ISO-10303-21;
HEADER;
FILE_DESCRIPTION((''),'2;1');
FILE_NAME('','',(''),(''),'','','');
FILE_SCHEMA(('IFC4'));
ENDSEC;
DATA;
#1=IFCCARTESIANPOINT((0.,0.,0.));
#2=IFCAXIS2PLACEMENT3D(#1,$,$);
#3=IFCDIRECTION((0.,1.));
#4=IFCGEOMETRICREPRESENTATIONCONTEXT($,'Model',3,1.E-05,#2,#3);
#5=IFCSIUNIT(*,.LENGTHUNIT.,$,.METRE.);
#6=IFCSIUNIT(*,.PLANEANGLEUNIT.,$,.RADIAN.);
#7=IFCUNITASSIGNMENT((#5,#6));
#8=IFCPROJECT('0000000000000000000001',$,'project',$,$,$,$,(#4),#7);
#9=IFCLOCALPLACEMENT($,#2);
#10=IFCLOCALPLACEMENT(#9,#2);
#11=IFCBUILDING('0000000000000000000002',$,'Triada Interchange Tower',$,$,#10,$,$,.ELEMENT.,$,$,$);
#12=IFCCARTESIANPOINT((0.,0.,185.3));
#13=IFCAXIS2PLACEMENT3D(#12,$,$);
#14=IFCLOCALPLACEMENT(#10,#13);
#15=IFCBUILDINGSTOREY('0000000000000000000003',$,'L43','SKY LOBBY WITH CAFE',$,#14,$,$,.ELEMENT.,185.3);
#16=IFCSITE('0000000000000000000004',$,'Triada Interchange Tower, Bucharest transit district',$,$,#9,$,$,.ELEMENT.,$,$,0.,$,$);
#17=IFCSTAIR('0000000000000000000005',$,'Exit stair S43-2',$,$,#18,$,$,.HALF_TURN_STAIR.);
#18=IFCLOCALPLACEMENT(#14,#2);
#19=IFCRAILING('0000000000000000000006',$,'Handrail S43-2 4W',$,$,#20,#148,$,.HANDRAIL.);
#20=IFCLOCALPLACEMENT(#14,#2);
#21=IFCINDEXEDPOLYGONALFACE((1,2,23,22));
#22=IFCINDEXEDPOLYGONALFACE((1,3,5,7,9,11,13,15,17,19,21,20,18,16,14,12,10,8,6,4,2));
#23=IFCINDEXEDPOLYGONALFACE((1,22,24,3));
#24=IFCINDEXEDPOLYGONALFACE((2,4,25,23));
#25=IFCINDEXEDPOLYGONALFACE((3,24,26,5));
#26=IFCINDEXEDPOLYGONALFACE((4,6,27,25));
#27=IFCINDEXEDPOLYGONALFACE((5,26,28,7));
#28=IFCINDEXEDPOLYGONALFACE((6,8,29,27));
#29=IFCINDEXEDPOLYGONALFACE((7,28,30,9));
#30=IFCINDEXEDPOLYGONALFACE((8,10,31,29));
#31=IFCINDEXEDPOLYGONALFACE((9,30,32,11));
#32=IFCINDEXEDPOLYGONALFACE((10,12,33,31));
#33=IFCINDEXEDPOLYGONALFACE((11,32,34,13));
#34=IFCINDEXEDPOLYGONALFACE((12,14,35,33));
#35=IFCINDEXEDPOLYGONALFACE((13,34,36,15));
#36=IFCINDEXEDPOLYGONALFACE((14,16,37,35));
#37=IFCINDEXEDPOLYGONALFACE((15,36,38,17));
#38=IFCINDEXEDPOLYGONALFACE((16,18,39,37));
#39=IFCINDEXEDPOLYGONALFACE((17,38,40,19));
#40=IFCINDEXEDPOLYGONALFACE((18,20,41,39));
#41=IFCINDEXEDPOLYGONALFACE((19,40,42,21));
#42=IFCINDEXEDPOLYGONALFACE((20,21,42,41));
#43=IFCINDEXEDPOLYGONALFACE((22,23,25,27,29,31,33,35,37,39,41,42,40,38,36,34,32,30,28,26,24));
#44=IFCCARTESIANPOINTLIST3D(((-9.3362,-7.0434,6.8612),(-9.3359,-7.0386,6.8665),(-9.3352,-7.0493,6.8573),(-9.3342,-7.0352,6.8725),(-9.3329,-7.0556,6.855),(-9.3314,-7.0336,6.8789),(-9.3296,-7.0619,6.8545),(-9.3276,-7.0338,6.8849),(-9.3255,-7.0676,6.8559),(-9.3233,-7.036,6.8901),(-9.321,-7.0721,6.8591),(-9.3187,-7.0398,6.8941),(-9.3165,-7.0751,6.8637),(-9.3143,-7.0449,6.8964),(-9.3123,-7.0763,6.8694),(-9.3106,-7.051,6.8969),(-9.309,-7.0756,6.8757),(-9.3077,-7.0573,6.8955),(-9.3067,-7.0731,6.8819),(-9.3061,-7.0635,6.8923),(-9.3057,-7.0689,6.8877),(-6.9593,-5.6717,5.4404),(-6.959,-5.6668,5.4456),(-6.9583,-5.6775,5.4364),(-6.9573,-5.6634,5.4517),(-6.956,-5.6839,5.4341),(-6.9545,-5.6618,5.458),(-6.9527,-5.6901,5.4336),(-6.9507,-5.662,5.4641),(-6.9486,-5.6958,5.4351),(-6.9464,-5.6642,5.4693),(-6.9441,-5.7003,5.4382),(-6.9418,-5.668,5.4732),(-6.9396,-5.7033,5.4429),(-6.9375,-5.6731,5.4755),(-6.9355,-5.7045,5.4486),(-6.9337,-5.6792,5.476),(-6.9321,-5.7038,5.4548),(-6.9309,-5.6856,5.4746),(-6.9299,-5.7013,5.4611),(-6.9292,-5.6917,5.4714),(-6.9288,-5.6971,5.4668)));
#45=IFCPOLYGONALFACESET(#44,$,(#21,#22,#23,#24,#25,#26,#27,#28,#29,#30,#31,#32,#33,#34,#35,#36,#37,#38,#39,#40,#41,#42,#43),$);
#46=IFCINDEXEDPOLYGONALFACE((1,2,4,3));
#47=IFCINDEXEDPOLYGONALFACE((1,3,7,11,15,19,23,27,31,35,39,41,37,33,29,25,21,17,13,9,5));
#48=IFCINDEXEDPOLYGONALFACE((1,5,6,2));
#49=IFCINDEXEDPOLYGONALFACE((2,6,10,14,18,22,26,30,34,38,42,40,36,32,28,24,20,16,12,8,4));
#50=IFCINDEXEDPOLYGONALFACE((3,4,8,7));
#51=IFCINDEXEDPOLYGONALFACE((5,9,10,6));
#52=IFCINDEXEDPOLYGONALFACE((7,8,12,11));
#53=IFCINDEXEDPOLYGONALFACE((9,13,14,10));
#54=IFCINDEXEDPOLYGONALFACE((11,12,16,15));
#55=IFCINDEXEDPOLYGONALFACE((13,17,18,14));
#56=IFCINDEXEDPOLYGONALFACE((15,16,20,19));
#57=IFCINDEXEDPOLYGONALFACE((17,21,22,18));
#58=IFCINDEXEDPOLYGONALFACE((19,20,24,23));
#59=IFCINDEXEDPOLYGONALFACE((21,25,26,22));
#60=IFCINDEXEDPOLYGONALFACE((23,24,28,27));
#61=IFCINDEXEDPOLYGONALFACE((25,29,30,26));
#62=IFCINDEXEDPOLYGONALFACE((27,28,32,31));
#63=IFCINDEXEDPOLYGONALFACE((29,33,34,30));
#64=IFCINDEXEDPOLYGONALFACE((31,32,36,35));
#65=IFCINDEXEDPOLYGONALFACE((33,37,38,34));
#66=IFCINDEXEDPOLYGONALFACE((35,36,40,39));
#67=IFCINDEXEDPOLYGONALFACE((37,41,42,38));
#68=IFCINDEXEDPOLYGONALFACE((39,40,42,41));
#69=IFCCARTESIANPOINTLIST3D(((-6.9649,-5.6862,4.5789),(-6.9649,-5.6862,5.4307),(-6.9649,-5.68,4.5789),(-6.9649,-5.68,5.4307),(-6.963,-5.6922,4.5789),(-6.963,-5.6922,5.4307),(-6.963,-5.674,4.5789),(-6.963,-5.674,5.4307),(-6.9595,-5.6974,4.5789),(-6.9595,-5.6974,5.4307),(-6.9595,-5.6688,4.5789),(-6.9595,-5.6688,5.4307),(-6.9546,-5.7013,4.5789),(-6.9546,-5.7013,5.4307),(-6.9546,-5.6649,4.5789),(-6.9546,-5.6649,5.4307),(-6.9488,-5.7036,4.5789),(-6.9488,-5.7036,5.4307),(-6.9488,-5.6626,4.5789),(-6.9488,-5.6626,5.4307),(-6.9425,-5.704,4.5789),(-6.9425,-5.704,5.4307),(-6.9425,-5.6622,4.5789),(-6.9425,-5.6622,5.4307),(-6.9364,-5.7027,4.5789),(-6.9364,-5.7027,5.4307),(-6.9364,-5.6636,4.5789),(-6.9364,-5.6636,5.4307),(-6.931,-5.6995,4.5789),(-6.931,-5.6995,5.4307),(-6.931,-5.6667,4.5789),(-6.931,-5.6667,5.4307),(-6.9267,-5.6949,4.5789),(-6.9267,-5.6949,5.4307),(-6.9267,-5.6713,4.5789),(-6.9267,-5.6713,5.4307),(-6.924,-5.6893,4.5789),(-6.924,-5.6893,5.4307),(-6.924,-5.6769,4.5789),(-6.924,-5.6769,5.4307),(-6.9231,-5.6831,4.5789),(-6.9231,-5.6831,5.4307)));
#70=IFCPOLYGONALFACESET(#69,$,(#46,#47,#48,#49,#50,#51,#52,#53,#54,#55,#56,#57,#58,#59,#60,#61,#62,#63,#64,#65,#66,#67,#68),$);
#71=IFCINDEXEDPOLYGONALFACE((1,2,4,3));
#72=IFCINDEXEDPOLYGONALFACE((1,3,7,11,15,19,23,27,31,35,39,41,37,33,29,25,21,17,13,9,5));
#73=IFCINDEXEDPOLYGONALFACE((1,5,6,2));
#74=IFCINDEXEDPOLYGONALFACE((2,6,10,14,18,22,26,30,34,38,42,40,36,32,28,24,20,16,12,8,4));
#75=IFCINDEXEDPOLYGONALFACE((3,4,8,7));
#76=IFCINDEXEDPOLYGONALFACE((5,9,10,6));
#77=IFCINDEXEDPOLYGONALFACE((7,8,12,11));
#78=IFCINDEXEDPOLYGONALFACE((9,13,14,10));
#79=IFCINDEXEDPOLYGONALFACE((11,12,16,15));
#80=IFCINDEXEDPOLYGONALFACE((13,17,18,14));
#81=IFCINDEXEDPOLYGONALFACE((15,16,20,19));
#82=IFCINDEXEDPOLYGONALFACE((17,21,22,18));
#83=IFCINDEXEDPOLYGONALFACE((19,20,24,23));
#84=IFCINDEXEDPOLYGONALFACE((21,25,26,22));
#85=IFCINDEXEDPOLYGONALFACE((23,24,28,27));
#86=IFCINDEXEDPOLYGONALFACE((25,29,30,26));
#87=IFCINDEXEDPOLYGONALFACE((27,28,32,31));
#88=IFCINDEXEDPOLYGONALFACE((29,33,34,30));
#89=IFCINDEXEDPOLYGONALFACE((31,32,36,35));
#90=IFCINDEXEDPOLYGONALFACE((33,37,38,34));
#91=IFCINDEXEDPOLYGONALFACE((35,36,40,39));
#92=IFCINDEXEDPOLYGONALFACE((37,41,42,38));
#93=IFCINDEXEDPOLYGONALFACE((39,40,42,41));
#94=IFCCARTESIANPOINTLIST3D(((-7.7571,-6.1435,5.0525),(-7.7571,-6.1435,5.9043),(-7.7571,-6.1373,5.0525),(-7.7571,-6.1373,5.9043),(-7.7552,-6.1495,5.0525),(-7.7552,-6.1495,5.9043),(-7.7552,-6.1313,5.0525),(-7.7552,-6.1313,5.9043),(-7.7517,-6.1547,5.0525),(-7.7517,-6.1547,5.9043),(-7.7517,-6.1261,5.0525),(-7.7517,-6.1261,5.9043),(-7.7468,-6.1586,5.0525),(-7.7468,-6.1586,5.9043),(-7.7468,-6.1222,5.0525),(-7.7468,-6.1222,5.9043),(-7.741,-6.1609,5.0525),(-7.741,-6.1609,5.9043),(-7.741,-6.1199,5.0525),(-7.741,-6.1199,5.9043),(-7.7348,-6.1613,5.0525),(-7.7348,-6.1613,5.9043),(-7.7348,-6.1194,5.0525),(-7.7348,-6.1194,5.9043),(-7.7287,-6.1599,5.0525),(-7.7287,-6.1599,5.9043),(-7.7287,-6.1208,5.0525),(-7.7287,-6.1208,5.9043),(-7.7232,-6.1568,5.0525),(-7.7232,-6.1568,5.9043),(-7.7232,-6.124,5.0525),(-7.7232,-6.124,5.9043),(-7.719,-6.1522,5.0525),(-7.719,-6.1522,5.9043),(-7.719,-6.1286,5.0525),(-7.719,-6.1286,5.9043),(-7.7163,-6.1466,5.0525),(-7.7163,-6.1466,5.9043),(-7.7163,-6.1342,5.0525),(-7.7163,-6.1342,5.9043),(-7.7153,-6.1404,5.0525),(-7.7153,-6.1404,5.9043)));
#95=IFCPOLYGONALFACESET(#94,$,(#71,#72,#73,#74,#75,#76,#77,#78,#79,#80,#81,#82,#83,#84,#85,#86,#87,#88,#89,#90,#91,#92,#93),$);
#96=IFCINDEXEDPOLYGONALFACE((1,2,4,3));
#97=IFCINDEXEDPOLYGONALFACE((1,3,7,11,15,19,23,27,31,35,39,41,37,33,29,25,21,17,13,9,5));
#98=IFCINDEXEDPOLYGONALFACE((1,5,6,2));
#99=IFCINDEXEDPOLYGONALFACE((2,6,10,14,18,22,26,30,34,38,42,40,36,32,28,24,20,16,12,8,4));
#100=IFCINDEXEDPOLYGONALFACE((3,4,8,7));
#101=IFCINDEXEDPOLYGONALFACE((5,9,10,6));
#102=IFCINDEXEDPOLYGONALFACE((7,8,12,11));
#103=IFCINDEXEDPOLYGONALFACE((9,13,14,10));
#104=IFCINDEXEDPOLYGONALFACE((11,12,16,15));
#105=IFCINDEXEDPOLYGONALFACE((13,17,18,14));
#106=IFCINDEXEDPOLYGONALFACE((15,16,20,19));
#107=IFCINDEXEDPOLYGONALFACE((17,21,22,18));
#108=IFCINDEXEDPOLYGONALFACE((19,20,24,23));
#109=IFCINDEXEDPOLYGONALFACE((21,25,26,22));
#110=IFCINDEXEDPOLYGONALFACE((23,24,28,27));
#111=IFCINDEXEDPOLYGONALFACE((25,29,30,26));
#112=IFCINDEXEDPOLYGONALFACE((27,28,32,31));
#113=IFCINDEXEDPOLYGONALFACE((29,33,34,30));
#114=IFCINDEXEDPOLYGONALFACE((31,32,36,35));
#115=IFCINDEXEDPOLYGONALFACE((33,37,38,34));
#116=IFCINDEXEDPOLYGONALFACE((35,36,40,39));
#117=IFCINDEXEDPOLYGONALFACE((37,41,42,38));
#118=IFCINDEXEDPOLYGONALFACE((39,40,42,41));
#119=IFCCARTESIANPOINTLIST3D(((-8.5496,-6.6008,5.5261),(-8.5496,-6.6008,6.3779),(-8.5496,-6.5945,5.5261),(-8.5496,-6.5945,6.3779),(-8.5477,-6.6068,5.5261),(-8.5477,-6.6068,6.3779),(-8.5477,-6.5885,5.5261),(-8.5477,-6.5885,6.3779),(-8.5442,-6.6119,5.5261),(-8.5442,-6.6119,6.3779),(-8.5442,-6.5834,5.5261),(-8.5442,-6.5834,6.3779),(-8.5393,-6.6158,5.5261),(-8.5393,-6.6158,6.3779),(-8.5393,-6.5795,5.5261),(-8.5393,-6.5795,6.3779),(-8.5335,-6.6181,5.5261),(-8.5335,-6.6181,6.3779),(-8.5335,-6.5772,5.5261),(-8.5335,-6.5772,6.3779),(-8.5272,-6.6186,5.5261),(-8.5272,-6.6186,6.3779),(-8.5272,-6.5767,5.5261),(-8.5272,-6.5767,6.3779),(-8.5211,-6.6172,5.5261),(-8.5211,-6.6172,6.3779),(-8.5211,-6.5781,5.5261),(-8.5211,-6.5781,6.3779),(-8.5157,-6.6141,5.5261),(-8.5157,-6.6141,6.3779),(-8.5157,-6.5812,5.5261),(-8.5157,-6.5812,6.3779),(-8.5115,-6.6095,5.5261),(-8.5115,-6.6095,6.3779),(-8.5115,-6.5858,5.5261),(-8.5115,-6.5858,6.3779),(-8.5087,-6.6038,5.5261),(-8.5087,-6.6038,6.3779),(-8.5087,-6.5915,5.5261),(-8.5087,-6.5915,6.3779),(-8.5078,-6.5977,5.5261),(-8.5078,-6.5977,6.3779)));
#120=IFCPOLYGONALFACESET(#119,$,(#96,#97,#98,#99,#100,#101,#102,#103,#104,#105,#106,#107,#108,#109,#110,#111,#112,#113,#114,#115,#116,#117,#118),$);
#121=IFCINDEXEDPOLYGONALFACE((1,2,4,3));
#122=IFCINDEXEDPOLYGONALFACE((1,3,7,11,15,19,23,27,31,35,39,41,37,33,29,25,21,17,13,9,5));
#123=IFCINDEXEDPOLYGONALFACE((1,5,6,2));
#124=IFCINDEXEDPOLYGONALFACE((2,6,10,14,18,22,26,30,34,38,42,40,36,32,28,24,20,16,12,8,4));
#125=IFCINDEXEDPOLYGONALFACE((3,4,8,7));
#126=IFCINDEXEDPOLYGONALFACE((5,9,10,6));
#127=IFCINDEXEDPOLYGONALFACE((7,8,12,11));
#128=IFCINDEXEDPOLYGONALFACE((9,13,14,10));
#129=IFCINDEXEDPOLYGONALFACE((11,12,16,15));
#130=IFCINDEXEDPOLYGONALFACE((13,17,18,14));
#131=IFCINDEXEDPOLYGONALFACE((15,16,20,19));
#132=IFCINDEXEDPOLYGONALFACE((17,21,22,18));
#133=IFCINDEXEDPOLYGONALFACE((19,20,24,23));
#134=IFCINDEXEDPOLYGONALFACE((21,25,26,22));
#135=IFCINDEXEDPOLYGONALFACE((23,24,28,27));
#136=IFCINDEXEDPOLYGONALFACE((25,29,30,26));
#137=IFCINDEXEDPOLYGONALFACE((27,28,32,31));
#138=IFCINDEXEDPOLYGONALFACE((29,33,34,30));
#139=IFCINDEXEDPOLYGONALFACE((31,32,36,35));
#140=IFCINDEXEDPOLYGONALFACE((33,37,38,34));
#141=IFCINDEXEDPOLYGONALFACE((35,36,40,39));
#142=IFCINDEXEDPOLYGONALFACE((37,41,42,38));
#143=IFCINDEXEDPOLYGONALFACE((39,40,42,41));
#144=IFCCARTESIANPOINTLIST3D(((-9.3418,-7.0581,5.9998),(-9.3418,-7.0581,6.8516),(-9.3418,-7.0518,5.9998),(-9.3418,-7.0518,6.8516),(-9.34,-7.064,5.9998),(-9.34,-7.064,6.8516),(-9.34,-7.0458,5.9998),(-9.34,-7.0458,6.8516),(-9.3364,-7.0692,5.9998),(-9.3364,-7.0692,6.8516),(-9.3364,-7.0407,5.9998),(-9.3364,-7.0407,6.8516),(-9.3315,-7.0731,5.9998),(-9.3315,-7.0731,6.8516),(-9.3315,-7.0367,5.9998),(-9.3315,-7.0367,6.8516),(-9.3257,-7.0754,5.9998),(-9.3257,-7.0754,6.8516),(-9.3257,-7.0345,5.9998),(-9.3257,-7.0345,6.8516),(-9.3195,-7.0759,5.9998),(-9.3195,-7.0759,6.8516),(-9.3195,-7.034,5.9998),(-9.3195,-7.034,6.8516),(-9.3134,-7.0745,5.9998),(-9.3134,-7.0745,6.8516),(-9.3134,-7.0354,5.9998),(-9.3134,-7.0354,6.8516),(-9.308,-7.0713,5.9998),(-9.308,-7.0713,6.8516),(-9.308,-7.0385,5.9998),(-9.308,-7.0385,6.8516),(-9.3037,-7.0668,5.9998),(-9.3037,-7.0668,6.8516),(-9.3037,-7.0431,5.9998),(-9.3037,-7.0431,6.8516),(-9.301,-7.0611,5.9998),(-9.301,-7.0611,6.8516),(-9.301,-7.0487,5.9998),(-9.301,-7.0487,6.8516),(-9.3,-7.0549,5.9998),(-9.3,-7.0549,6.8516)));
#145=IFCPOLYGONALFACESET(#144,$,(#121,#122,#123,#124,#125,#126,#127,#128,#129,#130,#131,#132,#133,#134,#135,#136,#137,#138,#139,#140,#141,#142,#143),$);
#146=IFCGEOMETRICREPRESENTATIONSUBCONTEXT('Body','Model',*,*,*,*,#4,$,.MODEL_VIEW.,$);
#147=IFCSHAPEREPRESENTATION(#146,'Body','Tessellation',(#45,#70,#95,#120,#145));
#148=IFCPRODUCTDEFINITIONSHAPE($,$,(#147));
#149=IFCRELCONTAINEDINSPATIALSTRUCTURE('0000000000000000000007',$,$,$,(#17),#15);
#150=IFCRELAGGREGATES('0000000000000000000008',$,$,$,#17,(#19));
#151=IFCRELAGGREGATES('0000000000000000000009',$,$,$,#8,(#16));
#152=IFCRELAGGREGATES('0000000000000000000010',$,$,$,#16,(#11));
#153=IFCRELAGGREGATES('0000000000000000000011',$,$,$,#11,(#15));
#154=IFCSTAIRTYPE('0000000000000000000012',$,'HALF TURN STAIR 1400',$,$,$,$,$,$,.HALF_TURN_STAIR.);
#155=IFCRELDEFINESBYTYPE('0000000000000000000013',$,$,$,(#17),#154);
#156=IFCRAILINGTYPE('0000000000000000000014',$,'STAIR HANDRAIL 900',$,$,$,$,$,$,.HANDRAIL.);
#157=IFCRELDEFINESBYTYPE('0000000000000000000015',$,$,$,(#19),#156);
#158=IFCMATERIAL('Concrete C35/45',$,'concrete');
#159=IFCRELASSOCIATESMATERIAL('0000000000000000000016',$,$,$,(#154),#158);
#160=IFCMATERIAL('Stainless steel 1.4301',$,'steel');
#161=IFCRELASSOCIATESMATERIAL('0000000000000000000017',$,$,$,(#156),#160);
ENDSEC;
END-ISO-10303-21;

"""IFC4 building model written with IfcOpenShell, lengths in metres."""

from ifc_helpers import new_model, si_unit, direction, frame, origin, origin_2d, place, context, subcontext, project, spatial, circle, extrude, material, type_object, element, aggregate, save


model = new_model("IFC4")

# Units and contexts
model_context = context("Model", 3, precision=1e-05, world=origin(), true_north=direction((0.0, 1.0)))
body_context = subcontext(model_context, "Body", "Model", "MODEL_VIEW")
ifc_project = project(units=[si_unit("LENGTHUNIT", "METRE"), si_unit("PLANEANGLEUNIT", "RADIAN")], contexts=[model_context])

# Site, building, storey
site_placement = place(None, origin())
site = spatial("IfcSite", under=ifc_project, at=site_placement, Name="Triada Interchange Tower, Bucharest transit district", CompositionType="ELEMENT", RefElevation=0.0)
building_placement = place(site_placement, origin())
building = spatial("IfcBuilding", under=site, at=building_placement, Name="Triada Interchange Tower", CompositionType="ELEMENT")
storey_placement = place(building_placement, frame((0.0, 0.0, 185.3)))
storey = spatial("IfcBuildingStorey", under=building, at=storey_placement, Name="L43", Description="SKY LOBBY WITH CAFE", CompositionType="ELEMENT", Elevation=185.3)

# Stair
ifc_material_1 = material(Name="Concrete C35/45", Category="concrete")
stair_type = type_object("IfcStairType", Name="HALF TURN STAIR 1400", PredefinedType="HALF_TURN_STAIR", material=ifc_material_1)
stair_placement = place(storey_placement, origin())
stair = element("IfcStair", 1, at=stair_placement, inside=storey, type_object=stair_type, Name="Exit stair S43-2", PredefinedType="HALF_TURN_STAIR")

# Railing
ifc_material_2 = material(Name="Stainless steel 1.4301", Category="steel")
railing_type = type_object("IfcRailingType", Name="STAIR HANDRAIL 900", PredefinedType="HANDRAIL", material=ifc_material_2)
railing_1_placement = place(storey_placement, frame((-6.9441, -5.6831, 4.5789)))
railing_1 = element("IfcRailing", 2, at=railing_1_placement, type_object=railing_type, Name="Handrail S43-2 4W", PredefinedType="HANDRAIL", context=body_context, shape_type="SweptSolid", body=[
    extrude(circle(Radius=0.0239, at=origin_2d()), frame((0.0, 0.0, 0.876), z_axis=(-0.769133, -0.443895, 0.459774), x_axis=(0.499861, -0.866106, 0.0)), (0.0, 0.0, 1.0), 3.0903),
    extrude(circle(Radius=0.021, at=origin_2d()), origin(), (0.0, 0.0, 1.0), 0.8518),
    extrude(circle(Radius=0.021, at=origin_2d()), frame((-0.7922, -0.4573, 0.4736)), (0.0, 0.0, 1.0), 0.8518),
    extrude(circle(Radius=0.021, at=origin_2d()), frame((-1.5847, -0.9146, 0.9473)), (0.0, 0.0, 1.0), 0.8518),
    extrude(circle(Radius=0.021, at=origin_2d()), frame((-2.377, -1.3718, 1.4209)), (0.0, 0.0, 1.0), 0.8518),
])
aggregate(stair, [railing_1])

save(model, "model.ifc")
